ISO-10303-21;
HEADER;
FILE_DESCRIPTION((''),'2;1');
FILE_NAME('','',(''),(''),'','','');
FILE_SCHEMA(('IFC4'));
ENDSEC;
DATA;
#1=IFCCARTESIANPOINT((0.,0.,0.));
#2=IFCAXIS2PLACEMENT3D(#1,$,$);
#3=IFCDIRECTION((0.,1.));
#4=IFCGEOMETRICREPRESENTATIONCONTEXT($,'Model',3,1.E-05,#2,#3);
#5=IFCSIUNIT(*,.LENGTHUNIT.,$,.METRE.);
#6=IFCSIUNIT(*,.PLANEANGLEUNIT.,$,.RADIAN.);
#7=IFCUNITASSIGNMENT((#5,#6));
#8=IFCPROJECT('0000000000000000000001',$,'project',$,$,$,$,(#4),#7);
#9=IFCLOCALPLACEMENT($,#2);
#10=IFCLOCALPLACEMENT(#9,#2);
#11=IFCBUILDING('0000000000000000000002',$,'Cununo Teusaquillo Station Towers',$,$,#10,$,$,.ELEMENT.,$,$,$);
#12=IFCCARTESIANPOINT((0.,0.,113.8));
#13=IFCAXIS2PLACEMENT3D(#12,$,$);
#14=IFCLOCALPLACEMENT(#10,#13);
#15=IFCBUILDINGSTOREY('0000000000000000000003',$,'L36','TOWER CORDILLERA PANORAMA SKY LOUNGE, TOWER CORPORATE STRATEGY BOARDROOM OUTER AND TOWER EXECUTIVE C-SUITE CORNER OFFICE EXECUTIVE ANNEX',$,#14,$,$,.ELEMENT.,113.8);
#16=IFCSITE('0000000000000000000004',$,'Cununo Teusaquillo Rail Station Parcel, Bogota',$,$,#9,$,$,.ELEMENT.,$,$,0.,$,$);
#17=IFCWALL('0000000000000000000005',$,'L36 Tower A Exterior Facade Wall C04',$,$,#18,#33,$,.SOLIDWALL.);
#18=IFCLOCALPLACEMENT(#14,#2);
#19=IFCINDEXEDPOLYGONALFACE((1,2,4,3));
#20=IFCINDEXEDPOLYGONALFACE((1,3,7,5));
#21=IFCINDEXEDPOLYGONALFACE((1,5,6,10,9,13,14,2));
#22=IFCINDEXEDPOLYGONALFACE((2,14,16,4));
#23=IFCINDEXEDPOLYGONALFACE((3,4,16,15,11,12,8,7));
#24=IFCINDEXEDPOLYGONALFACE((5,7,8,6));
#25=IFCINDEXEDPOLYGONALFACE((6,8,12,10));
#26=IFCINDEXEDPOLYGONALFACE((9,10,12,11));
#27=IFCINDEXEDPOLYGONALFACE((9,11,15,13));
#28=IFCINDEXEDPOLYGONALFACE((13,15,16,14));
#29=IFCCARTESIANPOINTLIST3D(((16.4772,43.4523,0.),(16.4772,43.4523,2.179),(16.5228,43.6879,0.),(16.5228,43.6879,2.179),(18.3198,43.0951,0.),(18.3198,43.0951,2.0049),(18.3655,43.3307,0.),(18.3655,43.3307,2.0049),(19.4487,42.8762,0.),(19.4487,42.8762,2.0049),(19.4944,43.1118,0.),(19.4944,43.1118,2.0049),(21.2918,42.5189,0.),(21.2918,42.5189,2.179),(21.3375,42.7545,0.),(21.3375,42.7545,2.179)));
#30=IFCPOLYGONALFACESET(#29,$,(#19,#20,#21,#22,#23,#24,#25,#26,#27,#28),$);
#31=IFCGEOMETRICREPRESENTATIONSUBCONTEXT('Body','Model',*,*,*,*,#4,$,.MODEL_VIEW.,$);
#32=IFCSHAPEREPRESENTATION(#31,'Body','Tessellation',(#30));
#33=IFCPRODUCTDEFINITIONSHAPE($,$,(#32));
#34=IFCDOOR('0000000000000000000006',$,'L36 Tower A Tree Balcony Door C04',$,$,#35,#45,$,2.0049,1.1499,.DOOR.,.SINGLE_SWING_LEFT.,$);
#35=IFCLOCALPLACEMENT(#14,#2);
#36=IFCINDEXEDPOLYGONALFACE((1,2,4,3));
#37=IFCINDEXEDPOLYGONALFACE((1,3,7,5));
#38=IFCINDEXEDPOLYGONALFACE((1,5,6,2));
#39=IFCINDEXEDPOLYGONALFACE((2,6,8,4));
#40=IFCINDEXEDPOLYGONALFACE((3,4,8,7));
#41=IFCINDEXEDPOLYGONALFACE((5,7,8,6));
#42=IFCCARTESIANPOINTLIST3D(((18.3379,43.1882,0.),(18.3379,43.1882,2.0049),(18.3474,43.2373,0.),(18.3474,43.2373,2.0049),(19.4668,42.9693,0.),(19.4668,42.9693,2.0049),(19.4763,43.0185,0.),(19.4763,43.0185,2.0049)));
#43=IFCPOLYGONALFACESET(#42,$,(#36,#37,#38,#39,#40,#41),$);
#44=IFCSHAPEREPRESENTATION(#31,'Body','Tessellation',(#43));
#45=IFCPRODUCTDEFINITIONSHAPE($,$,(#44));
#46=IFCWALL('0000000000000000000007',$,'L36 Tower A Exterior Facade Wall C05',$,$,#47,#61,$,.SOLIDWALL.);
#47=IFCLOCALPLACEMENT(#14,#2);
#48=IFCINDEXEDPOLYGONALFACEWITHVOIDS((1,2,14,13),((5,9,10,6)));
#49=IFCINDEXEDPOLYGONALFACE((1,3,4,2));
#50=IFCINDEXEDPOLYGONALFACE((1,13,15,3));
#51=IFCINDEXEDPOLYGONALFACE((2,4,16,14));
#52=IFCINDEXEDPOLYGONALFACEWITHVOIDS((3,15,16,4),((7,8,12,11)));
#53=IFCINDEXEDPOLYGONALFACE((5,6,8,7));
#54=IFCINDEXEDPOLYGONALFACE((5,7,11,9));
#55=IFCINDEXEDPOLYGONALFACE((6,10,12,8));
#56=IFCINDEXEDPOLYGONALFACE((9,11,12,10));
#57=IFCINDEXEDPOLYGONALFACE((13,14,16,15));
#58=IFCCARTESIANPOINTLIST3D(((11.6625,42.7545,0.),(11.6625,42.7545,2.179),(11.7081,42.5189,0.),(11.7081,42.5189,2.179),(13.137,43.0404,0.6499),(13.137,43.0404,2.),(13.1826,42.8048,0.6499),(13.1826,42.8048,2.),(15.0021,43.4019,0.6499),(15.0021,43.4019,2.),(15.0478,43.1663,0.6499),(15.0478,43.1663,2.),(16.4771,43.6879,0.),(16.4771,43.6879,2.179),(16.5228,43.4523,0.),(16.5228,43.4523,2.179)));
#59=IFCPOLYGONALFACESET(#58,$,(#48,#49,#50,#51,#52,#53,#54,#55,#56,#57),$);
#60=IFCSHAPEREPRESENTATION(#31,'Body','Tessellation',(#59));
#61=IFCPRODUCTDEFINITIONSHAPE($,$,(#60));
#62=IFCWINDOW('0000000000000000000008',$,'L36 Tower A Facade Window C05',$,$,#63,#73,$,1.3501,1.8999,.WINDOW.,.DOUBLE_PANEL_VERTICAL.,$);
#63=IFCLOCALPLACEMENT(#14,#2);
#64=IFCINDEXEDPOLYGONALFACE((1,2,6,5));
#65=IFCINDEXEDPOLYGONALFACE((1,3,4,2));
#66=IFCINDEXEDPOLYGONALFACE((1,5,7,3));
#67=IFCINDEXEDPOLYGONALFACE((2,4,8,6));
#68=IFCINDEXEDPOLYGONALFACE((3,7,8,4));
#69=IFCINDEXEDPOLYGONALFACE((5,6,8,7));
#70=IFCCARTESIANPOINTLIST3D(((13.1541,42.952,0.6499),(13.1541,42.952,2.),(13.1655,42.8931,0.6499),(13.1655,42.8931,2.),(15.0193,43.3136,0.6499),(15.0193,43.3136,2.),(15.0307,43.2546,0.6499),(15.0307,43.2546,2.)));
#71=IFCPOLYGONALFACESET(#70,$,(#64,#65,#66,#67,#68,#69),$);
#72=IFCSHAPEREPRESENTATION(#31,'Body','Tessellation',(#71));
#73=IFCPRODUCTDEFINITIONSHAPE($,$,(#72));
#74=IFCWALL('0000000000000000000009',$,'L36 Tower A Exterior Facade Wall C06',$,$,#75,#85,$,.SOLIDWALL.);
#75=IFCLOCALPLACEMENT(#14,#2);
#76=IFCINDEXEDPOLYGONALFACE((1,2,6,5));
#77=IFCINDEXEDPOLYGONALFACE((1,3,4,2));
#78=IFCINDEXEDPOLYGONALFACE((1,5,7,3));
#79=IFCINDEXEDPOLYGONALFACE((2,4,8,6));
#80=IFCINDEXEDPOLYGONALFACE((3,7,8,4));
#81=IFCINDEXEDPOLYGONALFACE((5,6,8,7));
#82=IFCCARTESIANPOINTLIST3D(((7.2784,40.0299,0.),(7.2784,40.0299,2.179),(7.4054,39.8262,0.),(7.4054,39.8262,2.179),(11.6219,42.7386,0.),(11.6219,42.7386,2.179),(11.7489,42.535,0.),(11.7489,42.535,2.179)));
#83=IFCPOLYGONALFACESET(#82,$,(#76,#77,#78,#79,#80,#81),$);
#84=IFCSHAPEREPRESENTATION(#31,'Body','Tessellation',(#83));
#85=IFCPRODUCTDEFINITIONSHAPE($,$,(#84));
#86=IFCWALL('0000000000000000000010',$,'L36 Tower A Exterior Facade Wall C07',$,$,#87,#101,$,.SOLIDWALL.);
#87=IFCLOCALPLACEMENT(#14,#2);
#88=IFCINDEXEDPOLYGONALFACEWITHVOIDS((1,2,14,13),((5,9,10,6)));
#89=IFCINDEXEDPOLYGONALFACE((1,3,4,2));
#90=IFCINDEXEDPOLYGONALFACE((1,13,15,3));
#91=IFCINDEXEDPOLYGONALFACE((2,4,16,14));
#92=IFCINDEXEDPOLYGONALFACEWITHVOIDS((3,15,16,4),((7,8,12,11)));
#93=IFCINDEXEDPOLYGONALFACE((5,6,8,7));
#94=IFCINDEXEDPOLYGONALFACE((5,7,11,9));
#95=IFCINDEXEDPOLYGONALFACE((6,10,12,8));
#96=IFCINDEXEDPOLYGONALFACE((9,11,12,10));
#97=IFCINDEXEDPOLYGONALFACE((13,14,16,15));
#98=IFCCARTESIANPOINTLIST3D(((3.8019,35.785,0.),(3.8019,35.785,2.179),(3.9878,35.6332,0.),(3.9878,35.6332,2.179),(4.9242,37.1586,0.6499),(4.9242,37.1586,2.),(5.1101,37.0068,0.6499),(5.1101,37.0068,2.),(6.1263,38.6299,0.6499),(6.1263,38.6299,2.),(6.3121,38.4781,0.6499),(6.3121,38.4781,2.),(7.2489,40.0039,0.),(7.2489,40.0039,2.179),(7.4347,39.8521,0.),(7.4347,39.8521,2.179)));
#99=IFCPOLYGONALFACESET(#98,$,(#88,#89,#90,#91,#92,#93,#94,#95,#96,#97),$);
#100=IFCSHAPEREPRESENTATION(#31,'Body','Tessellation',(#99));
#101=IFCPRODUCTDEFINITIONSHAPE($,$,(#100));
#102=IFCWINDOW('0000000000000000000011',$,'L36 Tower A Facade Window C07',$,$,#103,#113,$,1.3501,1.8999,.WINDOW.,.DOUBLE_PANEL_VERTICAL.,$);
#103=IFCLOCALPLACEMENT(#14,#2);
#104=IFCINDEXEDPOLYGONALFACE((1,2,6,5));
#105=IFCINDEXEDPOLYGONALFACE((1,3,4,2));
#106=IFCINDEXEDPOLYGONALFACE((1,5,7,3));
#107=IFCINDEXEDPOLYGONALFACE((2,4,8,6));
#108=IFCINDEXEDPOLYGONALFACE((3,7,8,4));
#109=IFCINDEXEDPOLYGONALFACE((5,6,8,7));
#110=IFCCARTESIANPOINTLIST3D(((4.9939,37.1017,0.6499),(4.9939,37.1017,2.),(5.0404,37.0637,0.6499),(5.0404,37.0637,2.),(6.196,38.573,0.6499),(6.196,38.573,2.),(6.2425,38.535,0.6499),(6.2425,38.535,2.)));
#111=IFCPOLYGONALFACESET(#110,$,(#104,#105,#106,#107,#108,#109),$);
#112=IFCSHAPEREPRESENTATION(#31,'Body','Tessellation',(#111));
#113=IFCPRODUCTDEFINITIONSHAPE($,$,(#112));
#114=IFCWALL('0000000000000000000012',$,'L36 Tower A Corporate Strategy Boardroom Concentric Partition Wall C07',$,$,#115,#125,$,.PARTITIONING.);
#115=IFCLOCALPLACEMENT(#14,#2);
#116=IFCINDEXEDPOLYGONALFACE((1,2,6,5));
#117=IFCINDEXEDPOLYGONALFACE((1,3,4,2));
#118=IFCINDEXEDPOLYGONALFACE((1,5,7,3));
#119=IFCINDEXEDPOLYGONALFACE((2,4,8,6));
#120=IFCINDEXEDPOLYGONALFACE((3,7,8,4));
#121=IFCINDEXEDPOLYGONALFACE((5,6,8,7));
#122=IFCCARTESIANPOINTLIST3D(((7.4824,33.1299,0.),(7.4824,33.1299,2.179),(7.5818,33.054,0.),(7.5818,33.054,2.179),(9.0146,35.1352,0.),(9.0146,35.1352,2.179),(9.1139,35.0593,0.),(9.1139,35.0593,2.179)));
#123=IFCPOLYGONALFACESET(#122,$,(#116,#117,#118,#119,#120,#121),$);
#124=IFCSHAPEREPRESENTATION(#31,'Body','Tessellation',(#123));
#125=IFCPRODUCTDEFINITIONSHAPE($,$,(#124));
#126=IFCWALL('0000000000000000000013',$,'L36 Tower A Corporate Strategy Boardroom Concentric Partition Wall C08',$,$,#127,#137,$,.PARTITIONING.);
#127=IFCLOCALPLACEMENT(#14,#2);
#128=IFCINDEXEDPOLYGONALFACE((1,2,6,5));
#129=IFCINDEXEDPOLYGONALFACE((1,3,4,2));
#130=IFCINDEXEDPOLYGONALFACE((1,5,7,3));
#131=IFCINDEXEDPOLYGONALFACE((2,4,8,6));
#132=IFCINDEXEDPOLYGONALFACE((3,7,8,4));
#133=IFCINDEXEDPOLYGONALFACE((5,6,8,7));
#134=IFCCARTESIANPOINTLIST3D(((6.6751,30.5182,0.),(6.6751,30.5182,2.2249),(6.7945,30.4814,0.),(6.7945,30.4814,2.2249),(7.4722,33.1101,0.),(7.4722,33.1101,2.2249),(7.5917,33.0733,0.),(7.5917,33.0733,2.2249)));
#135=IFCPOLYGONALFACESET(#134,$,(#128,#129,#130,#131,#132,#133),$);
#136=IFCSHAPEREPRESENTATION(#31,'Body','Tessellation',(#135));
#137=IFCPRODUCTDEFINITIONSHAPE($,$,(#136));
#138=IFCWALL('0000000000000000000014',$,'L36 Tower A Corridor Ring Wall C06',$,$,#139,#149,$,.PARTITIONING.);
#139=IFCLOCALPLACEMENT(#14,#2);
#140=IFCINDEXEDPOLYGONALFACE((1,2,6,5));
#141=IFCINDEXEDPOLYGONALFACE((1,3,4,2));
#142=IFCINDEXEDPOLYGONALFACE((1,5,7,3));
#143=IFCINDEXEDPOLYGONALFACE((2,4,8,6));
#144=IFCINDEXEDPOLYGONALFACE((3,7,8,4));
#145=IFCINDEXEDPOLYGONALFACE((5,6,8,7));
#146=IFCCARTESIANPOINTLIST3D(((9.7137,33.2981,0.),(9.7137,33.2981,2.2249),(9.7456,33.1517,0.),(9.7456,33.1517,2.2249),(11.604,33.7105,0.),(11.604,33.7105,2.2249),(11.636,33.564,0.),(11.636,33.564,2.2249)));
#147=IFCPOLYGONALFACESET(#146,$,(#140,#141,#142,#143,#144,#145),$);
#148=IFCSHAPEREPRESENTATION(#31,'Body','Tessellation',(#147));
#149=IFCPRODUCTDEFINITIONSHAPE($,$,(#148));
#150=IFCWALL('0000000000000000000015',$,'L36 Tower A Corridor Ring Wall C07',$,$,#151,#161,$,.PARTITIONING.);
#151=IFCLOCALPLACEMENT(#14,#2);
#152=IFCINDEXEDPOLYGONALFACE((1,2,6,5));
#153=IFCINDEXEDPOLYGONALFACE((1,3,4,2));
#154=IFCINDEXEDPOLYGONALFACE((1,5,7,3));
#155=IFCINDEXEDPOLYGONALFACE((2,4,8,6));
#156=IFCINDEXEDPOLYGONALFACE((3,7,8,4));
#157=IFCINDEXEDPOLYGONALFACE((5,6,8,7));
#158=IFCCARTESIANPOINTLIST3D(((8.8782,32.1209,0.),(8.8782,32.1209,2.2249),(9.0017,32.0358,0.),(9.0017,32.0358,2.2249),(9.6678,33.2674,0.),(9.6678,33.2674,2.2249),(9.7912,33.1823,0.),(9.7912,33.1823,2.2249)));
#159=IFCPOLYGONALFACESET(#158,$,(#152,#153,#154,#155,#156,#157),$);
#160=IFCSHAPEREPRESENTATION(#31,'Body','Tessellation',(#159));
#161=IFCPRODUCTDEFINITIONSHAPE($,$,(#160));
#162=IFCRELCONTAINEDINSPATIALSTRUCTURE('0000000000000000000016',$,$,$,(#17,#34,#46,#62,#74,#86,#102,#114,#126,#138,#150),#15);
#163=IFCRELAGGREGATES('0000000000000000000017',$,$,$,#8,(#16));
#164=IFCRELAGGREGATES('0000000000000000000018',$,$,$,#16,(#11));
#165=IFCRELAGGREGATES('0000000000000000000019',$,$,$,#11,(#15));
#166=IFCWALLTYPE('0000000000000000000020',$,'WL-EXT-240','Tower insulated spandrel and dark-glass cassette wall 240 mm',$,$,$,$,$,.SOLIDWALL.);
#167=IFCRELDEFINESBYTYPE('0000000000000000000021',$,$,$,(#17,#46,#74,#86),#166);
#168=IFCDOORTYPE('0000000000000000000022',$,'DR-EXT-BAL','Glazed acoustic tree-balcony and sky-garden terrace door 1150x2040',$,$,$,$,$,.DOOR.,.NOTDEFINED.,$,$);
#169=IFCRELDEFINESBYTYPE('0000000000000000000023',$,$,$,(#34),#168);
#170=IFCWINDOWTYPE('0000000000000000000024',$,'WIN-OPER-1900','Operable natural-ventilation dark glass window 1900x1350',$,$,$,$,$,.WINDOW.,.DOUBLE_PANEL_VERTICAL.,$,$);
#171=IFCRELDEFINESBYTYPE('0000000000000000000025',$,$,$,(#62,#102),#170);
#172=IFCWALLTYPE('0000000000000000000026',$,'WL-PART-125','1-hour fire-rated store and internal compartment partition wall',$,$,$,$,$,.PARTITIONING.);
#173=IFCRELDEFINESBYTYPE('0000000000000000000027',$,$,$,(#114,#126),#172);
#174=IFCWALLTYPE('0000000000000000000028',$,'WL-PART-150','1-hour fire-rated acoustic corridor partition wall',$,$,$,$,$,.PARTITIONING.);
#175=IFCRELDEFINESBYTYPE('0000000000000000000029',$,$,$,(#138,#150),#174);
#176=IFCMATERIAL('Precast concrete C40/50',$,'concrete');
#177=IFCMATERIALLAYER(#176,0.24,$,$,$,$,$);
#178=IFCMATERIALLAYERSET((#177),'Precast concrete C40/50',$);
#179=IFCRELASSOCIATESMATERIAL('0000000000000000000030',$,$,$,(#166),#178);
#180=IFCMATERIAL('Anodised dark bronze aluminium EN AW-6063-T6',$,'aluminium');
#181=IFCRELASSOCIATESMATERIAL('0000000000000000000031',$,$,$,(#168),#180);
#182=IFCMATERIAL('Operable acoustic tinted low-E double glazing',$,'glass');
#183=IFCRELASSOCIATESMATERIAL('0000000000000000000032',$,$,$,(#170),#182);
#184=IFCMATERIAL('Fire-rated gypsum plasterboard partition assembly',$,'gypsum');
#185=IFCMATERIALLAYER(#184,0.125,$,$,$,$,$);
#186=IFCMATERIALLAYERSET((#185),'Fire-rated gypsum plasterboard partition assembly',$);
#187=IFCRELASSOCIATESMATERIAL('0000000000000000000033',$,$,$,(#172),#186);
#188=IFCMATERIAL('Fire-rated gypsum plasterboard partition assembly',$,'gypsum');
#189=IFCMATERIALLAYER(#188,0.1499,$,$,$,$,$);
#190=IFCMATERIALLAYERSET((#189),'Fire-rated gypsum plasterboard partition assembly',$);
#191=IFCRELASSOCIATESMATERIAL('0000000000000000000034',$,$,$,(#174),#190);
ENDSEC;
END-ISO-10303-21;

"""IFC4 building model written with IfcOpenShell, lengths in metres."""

from ifc_helpers import new_model, si_unit, direction, frame, frame_2d, origin, place, context, subcontext, project, spatial, rectangle, extrude, source, transform, mapped, material, layer, layer_set, type_object, element, fill, save


model = new_model("IFC4")

# Units and contexts
model_context = context("Model", 3, precision=1e-05, world=origin(), true_north=direction((0.0, 1.0)))
body_context = subcontext(model_context, "Body", "Model", "MODEL_VIEW")
ifc_project = project(units=[si_unit("LENGTHUNIT", "METRE"), si_unit("PLANEANGLEUNIT", "RADIAN")], contexts=[model_context])

# Site, building, storey
site_placement = place(None, origin())
site = spatial("IfcSite", under=ifc_project, at=site_placement, Name="Cununo Teusaquillo Rail Station Parcel, Bogota", CompositionType="ELEMENT", RefElevation=0.0)
building_placement = place(site_placement, origin())
building = spatial("IfcBuilding", under=site, at=building_placement, Name="Cununo Teusaquillo Station Towers", CompositionType="ELEMENT")
storey_placement = place(building_placement, frame((0.0, 0.0, 113.8)))
storey = spatial("IfcBuildingStorey", under=building, at=storey_placement, Name="L36", Description="TOWER CORDILLERA PANORAMA SKY LOUNGE, TOWER CORPORATE STRATEGY BOARDROOM OUTER AND TOWER EXECUTIVE C-SUITE CORNER OFFICE EXECUTIVE ANNEX", CompositionType="ELEMENT", Elevation=113.8)

# Wall, opening, door
ifc_material_1 = material(Name="Precast concrete C40/50", Category="concrete")
ifc_layer_1 = layer(ifc_material_1, 0.24)
ifc_layer_set_1 = layer_set([ifc_layer_1], Name="Precast concrete C40/50")
wall_type_1 = type_object("IfcWallType", Name="WL-EXT-240", Description="Tower insulated spandrel and dark-glass cassette wall 240 mm", PredefinedType="SOLIDWALL", material=ifc_layer_set_1)
wall_1_placement = place(storey_placement, frame((16.5, 43.5701, 0.0), z_axis=(0.0, 0.0, 1.0), x_axis=(0.981724, -0.190311, 0.0)))
wall_1 = element("IfcWall", 1, at=wall_1_placement, inside=storey, type_object=wall_type_1, Name="L36 Tower A Exterior Facade Wall C04", PredefinedType="SOLIDWALL", context=body_context, shape_type="SweptSolid", body=[
    extrude(rectangle(XDim=4.9043, YDim=0.24, at=frame_2d((2.4521, 0.0))), origin(), (0.0, 0.0, 1.0), 2.179),
])
shared_shape_1 = source(origin(), body_context, "Body", "SweptSolid", [
    extrude(rectangle(XDim=1.1499, YDim=2.0049, at=frame_2d((0.575, 1.0024))), frame((0.0, 0.1299, 0.0), z_axis=(0.0, -1.0, 0.0), x_axis=(1.0, 0.0, 0.0)), (0.0, 0.0, 1.0), 0.26),
])
opening_1_placement = place(wall_1_placement, frame((1.877, 0.0, 0.0)))
opening_1 = element("IfcOpeningElement", 2, at=opening_1_placement, cuts=wall_1, PredefinedType="OPENING", context=body_context, shape_type="MappedRepresentation", body=[
    mapped(shared_shape_1, transform((0.0, 0.0, 0.0), x_axis=(1.0, 0.0, 0.0), y_axis=(0.0, 1.0, 0.0), z_axis=(0.0, 0.0, 1.0), scale=1.0)),
])
ifc_material_2 = material(Name="Anodised dark bronze aluminium EN AW-6063-T6", Category="aluminium")
door_type = type_object("IfcDoorType", Name="DR-EXT-BAL", Description="Glazed acoustic tree-balcony and sky-garden terrace door 1150x2040", OperationType="NOTDEFINED", PredefinedType="DOOR", material=ifc_material_2)
shared_shape_2 = source(origin(), body_context, "Body", "SweptSolid", [
    extrude(rectangle(XDim=1.1499, YDim=2.0049, at=frame_2d((0.575, 1.0024))), frame((0.0, 0.0249, 0.0), z_axis=(0.0, -1.0, 0.0), x_axis=(1.0, 0.0, 0.0)), (0.0, 0.0, 1.0), 0.05),
])
door_placement = place(opening_1_placement, origin())
door = element("IfcDoor", 3, at=door_placement, inside=storey, type_object=door_type, Name="L36 Tower A Tree Balcony Door C04", OperationType="SINGLE_SWING_LEFT", OverallHeight=2.0049, OverallWidth=1.1499, PredefinedType="DOOR", context=body_context, shape_type="MappedRepresentation", body=[
    mapped(shared_shape_2, transform((0.0, 0.0, 0.0), x_axis=(1.0, 0.0, 0.0), y_axis=(0.0, 1.0, 0.0), z_axis=(0.0, 0.0, 1.0), scale=1.0)),
])
fill(opening_1, door)

# Wall, opening, window
wall_2_placement = place(storey_placement, frame((11.6853, 42.6367, 0.0), z_axis=(0.0, 0.0, 1.0), x_axis=(0.981724, 0.190311, 0.0)))
wall_2 = element("IfcWall", 4, at=wall_2_placement, inside=storey, type_object=wall_type_1, Name="L36 Tower A Exterior Facade Wall C05", PredefinedType="SOLIDWALL", context=body_context, shape_type="SweptSolid", body=[
    extrude(rectangle(XDim=4.9043, YDim=0.24, at=frame_2d((2.4521, 0.0))), origin(), (0.0, 0.0, 1.0), 2.179),
])
shared_shape_3 = source(origin(), body_context, "Body", "SweptSolid", [
    extrude(rectangle(XDim=1.8999, YDim=1.3501, at=frame_2d((0.95, 0.675))), frame((0.0, 0.1299, 0.0), z_axis=(0.0, -1.0, 0.0), x_axis=(1.0, 0.0, 0.0)), (0.0, 0.0, 1.0), 0.26),
])
opening_2_placement = place(wall_2_placement, frame((1.502, 0.0, 0.6499)))
opening_2 = element("IfcOpeningElement", 5, at=opening_2_placement, cuts=wall_2, PredefinedType="OPENING", context=body_context, shape_type="MappedRepresentation", body=[
    mapped(shared_shape_3, transform((0.0, 0.0, 0.0), x_axis=(1.0, 0.0, 0.0), y_axis=(0.0, 1.0, 0.0), z_axis=(0.0, 0.0, 1.0), scale=1.0)),
])
ifc_material_3 = material(Name="Operable acoustic tinted low-E double glazing", Category="glass")
window_type = type_object("IfcWindowType", Name="WIN-OPER-1900", Description="Operable natural-ventilation dark glass window 1900x1350", PartitioningType="DOUBLE_PANEL_VERTICAL", PredefinedType="WINDOW", material=ifc_material_3)
shared_shape_4 = source(origin(), body_context, "Body", "SweptSolid", [
    extrude(rectangle(XDim=1.8999, YDim=1.3501, at=frame_2d((0.95, 0.675))), frame((0.0, 0.03, 0.0), z_axis=(0.0, -1.0, 0.0), x_axis=(1.0, 0.0, 0.0)), (0.0, 0.0, 1.0), 0.0601),
])
window_1_placement = place(opening_2_placement, origin())
window_1 = element("IfcWindow", 6, at=window_1_placement, inside=storey, type_object=window_type, Name="L36 Tower A Facade Window C05", OverallHeight=1.3501, OverallWidth=1.8999, PartitioningType="DOUBLE_PANEL_VERTICAL", PredefinedType="WINDOW", context=body_context, shape_type="MappedRepresentation", body=[
    mapped(shared_shape_4, transform((0.0, 0.0, 0.0), x_axis=(1.0, 0.0, 0.0), y_axis=(0.0, 1.0, 0.0), z_axis=(0.0, 0.0, 1.0), scale=1.0)),
])
fill(opening_2, window_1)

# Wall
wall_3_placement = place(storey_placement, frame((7.3418, 39.928, 0.0), z_axis=(0.0, 0.0, 1.0), x_axis=(0.84852, 0.529163, 0.0)))
element("IfcWall", 7, at=wall_3_placement, inside=storey, type_object=wall_type_1, Name="L36 Tower A Exterior Facade Wall C06", PredefinedType="SOLIDWALL", context=body_context, shape_type="SweptSolid", body=[
    extrude(rectangle(XDim=5.1189, YDim=0.24, at=frame_2d((2.5596, 0.0))), origin(), (0.0, 0.0, 1.0), 2.179),
])

# Wall, opening, window
wall_4_placement = place(storey_placement, frame((3.8948, 35.709, 0.0), z_axis=(0.0, 0.0, 1.0), x_axis=(0.632701, 0.774396, 0.0)))
wall_4 = element("IfcWall", 8, at=wall_4_placement, inside=storey, type_object=wall_type_1, Name="L36 Tower A Exterior Facade Wall C07", PredefinedType="SOLIDWALL", context=body_context, shape_type="SweptSolid", body=[
    extrude(rectangle(XDim=5.448, YDim=0.24, at=frame_2d((2.7241, 0.0))), origin(), (0.0, 0.0, 1.0), 2.179),
])
opening_3_placement = place(wall_4_placement, frame((1.7739, 0.0, 0.6499)))
opening_3 = element("IfcOpeningElement", 9, at=opening_3_placement, cuts=wall_4, PredefinedType="OPENING", context=body_context, shape_type="MappedRepresentation", body=[
    mapped(shared_shape_3, transform((0.0, 0.0, 0.0), x_axis=(1.0, 0.0, 0.0), y_axis=(0.0, 1.0, 0.0), z_axis=(0.0, 0.0, 1.0), scale=1.0)),
])
window_2_placement = place(opening_3_placement, origin())
window_2 = element("IfcWindow", 10, at=window_2_placement, inside=storey, type_object=window_type, Name="L36 Tower A Facade Window C07", OverallHeight=1.3501, OverallWidth=1.8999, PartitioningType="DOUBLE_PANEL_VERTICAL", PredefinedType="WINDOW", context=body_context, shape_type="MappedRepresentation", body=[
    mapped(shared_shape_4, transform((0.0, 0.0, 0.0), x_axis=(1.0, 0.0, 0.0), y_axis=(0.0, 1.0, 0.0), z_axis=(0.0, 0.0, 1.0), scale=1.0)),
])
fill(opening_3, window_2)

# Walls
ifc_material_4 = material(Name="Fire-rated gypsum plasterboard partition assembly", Category="gypsum")
ifc_layer_2 = layer(ifc_material_4, 0.125)
ifc_layer_set_2 = layer_set([ifc_layer_2], Name="Fire-rated gypsum plasterboard partition assembly")
wall_type_2 = type_object("IfcWallType", Name="WL-PART-125", Description="1-hour fire-rated store and internal compartment partition wall", PredefinedType="PARTITIONING", material=ifc_layer_set_2)
wall_5_placement = place(storey_placement, frame((9.0642, 35.0972, 0.0), z_axis=(0.0, 0.0, 1.0), x_axis=(-0.607127, -0.794605, 0.0)))
element("IfcWall", 11, at=wall_5_placement, inside=storey, type_object=wall_type_2, Name="L36 Tower A Corporate Strategy Boardroom Concentric Partition Wall C07", PredefinedType="PARTITIONING", context=body_context, shape_type="SweptSolid", body=[
    extrude(rectangle(XDim=2.5237, YDim=0.125, at=frame_2d((1.2617, 0.0))), origin(), (0.0, 0.0, 1.0), 2.179),
])
wall_6_placement = place(storey_placement, frame((7.532, 33.0918, 0.0), z_axis=(0.0, 0.0, 1.0), x_axis=(-0.293966, -0.955816, 0.0)))
element("IfcWall", 12, at=wall_6_placement, inside=storey, type_object=wall_type_2, Name="L36 Tower A Corporate Strategy Boardroom Concentric Partition Wall C08", PredefinedType="PARTITIONING", context=body_context, shape_type="SweptSolid", body=[
    extrude(rectangle(XDim=2.7117, YDim=0.125, at=frame_2d((1.356, 0.0))), origin(), (0.0, 0.0, 1.0), 2.2249),
])
ifc_material_5 = material(Name="Fire-rated gypsum plasterboard partition assembly", Category="gypsum")
ifc_layer_3 = layer(ifc_material_5, 0.1499)
ifc_layer_set_3 = layer_set([ifc_layer_3], Name="Fire-rated gypsum plasterboard partition assembly")
wall_type_3 = type_object("IfcWallType", Name="WL-PART-150", Description="1-hour fire-rated acoustic corridor partition wall", PredefinedType="PARTITIONING", material=ifc_layer_set_3)
wall_7_placement = place(storey_placement, frame((11.6199, 33.6372, 0.0), z_axis=(0.0, 0.0, 1.0), x_axis=(-0.977026, -0.213121, 0.0)))
element("IfcWall", 13, at=wall_7_placement, inside=storey, type_object=wall_type_3, Name="L36 Tower A Corridor Ring Wall C06", PredefinedType="PARTITIONING", context=body_context, shape_type="SweptSolid", body=[
    extrude(rectangle(XDim=1.9348, YDim=0.1499, at=frame_2d((0.9673, 0.0))), origin(), (0.0, 0.0, 1.0), 2.2249),
])
wall_8_placement = place(storey_placement, frame((9.7295, 33.2249, 0.0), z_axis=(0.0, 0.0, 1.0), x_axis=(-0.567184, -0.823591, 0.0)))
element("IfcWall", 14, at=wall_8_placement, inside=storey, type_object=wall_type_3, Name="L36 Tower A Corridor Ring Wall C07", PredefinedType="PARTITIONING", context=body_context, shape_type="SweptSolid", body=[
    extrude(rectangle(XDim=1.3921, YDim=0.1499, at=frame_2d((0.696, 0.0))), origin(), (0.0, 0.0, 1.0), 2.2249),
])

save(model, "model.ifc")
